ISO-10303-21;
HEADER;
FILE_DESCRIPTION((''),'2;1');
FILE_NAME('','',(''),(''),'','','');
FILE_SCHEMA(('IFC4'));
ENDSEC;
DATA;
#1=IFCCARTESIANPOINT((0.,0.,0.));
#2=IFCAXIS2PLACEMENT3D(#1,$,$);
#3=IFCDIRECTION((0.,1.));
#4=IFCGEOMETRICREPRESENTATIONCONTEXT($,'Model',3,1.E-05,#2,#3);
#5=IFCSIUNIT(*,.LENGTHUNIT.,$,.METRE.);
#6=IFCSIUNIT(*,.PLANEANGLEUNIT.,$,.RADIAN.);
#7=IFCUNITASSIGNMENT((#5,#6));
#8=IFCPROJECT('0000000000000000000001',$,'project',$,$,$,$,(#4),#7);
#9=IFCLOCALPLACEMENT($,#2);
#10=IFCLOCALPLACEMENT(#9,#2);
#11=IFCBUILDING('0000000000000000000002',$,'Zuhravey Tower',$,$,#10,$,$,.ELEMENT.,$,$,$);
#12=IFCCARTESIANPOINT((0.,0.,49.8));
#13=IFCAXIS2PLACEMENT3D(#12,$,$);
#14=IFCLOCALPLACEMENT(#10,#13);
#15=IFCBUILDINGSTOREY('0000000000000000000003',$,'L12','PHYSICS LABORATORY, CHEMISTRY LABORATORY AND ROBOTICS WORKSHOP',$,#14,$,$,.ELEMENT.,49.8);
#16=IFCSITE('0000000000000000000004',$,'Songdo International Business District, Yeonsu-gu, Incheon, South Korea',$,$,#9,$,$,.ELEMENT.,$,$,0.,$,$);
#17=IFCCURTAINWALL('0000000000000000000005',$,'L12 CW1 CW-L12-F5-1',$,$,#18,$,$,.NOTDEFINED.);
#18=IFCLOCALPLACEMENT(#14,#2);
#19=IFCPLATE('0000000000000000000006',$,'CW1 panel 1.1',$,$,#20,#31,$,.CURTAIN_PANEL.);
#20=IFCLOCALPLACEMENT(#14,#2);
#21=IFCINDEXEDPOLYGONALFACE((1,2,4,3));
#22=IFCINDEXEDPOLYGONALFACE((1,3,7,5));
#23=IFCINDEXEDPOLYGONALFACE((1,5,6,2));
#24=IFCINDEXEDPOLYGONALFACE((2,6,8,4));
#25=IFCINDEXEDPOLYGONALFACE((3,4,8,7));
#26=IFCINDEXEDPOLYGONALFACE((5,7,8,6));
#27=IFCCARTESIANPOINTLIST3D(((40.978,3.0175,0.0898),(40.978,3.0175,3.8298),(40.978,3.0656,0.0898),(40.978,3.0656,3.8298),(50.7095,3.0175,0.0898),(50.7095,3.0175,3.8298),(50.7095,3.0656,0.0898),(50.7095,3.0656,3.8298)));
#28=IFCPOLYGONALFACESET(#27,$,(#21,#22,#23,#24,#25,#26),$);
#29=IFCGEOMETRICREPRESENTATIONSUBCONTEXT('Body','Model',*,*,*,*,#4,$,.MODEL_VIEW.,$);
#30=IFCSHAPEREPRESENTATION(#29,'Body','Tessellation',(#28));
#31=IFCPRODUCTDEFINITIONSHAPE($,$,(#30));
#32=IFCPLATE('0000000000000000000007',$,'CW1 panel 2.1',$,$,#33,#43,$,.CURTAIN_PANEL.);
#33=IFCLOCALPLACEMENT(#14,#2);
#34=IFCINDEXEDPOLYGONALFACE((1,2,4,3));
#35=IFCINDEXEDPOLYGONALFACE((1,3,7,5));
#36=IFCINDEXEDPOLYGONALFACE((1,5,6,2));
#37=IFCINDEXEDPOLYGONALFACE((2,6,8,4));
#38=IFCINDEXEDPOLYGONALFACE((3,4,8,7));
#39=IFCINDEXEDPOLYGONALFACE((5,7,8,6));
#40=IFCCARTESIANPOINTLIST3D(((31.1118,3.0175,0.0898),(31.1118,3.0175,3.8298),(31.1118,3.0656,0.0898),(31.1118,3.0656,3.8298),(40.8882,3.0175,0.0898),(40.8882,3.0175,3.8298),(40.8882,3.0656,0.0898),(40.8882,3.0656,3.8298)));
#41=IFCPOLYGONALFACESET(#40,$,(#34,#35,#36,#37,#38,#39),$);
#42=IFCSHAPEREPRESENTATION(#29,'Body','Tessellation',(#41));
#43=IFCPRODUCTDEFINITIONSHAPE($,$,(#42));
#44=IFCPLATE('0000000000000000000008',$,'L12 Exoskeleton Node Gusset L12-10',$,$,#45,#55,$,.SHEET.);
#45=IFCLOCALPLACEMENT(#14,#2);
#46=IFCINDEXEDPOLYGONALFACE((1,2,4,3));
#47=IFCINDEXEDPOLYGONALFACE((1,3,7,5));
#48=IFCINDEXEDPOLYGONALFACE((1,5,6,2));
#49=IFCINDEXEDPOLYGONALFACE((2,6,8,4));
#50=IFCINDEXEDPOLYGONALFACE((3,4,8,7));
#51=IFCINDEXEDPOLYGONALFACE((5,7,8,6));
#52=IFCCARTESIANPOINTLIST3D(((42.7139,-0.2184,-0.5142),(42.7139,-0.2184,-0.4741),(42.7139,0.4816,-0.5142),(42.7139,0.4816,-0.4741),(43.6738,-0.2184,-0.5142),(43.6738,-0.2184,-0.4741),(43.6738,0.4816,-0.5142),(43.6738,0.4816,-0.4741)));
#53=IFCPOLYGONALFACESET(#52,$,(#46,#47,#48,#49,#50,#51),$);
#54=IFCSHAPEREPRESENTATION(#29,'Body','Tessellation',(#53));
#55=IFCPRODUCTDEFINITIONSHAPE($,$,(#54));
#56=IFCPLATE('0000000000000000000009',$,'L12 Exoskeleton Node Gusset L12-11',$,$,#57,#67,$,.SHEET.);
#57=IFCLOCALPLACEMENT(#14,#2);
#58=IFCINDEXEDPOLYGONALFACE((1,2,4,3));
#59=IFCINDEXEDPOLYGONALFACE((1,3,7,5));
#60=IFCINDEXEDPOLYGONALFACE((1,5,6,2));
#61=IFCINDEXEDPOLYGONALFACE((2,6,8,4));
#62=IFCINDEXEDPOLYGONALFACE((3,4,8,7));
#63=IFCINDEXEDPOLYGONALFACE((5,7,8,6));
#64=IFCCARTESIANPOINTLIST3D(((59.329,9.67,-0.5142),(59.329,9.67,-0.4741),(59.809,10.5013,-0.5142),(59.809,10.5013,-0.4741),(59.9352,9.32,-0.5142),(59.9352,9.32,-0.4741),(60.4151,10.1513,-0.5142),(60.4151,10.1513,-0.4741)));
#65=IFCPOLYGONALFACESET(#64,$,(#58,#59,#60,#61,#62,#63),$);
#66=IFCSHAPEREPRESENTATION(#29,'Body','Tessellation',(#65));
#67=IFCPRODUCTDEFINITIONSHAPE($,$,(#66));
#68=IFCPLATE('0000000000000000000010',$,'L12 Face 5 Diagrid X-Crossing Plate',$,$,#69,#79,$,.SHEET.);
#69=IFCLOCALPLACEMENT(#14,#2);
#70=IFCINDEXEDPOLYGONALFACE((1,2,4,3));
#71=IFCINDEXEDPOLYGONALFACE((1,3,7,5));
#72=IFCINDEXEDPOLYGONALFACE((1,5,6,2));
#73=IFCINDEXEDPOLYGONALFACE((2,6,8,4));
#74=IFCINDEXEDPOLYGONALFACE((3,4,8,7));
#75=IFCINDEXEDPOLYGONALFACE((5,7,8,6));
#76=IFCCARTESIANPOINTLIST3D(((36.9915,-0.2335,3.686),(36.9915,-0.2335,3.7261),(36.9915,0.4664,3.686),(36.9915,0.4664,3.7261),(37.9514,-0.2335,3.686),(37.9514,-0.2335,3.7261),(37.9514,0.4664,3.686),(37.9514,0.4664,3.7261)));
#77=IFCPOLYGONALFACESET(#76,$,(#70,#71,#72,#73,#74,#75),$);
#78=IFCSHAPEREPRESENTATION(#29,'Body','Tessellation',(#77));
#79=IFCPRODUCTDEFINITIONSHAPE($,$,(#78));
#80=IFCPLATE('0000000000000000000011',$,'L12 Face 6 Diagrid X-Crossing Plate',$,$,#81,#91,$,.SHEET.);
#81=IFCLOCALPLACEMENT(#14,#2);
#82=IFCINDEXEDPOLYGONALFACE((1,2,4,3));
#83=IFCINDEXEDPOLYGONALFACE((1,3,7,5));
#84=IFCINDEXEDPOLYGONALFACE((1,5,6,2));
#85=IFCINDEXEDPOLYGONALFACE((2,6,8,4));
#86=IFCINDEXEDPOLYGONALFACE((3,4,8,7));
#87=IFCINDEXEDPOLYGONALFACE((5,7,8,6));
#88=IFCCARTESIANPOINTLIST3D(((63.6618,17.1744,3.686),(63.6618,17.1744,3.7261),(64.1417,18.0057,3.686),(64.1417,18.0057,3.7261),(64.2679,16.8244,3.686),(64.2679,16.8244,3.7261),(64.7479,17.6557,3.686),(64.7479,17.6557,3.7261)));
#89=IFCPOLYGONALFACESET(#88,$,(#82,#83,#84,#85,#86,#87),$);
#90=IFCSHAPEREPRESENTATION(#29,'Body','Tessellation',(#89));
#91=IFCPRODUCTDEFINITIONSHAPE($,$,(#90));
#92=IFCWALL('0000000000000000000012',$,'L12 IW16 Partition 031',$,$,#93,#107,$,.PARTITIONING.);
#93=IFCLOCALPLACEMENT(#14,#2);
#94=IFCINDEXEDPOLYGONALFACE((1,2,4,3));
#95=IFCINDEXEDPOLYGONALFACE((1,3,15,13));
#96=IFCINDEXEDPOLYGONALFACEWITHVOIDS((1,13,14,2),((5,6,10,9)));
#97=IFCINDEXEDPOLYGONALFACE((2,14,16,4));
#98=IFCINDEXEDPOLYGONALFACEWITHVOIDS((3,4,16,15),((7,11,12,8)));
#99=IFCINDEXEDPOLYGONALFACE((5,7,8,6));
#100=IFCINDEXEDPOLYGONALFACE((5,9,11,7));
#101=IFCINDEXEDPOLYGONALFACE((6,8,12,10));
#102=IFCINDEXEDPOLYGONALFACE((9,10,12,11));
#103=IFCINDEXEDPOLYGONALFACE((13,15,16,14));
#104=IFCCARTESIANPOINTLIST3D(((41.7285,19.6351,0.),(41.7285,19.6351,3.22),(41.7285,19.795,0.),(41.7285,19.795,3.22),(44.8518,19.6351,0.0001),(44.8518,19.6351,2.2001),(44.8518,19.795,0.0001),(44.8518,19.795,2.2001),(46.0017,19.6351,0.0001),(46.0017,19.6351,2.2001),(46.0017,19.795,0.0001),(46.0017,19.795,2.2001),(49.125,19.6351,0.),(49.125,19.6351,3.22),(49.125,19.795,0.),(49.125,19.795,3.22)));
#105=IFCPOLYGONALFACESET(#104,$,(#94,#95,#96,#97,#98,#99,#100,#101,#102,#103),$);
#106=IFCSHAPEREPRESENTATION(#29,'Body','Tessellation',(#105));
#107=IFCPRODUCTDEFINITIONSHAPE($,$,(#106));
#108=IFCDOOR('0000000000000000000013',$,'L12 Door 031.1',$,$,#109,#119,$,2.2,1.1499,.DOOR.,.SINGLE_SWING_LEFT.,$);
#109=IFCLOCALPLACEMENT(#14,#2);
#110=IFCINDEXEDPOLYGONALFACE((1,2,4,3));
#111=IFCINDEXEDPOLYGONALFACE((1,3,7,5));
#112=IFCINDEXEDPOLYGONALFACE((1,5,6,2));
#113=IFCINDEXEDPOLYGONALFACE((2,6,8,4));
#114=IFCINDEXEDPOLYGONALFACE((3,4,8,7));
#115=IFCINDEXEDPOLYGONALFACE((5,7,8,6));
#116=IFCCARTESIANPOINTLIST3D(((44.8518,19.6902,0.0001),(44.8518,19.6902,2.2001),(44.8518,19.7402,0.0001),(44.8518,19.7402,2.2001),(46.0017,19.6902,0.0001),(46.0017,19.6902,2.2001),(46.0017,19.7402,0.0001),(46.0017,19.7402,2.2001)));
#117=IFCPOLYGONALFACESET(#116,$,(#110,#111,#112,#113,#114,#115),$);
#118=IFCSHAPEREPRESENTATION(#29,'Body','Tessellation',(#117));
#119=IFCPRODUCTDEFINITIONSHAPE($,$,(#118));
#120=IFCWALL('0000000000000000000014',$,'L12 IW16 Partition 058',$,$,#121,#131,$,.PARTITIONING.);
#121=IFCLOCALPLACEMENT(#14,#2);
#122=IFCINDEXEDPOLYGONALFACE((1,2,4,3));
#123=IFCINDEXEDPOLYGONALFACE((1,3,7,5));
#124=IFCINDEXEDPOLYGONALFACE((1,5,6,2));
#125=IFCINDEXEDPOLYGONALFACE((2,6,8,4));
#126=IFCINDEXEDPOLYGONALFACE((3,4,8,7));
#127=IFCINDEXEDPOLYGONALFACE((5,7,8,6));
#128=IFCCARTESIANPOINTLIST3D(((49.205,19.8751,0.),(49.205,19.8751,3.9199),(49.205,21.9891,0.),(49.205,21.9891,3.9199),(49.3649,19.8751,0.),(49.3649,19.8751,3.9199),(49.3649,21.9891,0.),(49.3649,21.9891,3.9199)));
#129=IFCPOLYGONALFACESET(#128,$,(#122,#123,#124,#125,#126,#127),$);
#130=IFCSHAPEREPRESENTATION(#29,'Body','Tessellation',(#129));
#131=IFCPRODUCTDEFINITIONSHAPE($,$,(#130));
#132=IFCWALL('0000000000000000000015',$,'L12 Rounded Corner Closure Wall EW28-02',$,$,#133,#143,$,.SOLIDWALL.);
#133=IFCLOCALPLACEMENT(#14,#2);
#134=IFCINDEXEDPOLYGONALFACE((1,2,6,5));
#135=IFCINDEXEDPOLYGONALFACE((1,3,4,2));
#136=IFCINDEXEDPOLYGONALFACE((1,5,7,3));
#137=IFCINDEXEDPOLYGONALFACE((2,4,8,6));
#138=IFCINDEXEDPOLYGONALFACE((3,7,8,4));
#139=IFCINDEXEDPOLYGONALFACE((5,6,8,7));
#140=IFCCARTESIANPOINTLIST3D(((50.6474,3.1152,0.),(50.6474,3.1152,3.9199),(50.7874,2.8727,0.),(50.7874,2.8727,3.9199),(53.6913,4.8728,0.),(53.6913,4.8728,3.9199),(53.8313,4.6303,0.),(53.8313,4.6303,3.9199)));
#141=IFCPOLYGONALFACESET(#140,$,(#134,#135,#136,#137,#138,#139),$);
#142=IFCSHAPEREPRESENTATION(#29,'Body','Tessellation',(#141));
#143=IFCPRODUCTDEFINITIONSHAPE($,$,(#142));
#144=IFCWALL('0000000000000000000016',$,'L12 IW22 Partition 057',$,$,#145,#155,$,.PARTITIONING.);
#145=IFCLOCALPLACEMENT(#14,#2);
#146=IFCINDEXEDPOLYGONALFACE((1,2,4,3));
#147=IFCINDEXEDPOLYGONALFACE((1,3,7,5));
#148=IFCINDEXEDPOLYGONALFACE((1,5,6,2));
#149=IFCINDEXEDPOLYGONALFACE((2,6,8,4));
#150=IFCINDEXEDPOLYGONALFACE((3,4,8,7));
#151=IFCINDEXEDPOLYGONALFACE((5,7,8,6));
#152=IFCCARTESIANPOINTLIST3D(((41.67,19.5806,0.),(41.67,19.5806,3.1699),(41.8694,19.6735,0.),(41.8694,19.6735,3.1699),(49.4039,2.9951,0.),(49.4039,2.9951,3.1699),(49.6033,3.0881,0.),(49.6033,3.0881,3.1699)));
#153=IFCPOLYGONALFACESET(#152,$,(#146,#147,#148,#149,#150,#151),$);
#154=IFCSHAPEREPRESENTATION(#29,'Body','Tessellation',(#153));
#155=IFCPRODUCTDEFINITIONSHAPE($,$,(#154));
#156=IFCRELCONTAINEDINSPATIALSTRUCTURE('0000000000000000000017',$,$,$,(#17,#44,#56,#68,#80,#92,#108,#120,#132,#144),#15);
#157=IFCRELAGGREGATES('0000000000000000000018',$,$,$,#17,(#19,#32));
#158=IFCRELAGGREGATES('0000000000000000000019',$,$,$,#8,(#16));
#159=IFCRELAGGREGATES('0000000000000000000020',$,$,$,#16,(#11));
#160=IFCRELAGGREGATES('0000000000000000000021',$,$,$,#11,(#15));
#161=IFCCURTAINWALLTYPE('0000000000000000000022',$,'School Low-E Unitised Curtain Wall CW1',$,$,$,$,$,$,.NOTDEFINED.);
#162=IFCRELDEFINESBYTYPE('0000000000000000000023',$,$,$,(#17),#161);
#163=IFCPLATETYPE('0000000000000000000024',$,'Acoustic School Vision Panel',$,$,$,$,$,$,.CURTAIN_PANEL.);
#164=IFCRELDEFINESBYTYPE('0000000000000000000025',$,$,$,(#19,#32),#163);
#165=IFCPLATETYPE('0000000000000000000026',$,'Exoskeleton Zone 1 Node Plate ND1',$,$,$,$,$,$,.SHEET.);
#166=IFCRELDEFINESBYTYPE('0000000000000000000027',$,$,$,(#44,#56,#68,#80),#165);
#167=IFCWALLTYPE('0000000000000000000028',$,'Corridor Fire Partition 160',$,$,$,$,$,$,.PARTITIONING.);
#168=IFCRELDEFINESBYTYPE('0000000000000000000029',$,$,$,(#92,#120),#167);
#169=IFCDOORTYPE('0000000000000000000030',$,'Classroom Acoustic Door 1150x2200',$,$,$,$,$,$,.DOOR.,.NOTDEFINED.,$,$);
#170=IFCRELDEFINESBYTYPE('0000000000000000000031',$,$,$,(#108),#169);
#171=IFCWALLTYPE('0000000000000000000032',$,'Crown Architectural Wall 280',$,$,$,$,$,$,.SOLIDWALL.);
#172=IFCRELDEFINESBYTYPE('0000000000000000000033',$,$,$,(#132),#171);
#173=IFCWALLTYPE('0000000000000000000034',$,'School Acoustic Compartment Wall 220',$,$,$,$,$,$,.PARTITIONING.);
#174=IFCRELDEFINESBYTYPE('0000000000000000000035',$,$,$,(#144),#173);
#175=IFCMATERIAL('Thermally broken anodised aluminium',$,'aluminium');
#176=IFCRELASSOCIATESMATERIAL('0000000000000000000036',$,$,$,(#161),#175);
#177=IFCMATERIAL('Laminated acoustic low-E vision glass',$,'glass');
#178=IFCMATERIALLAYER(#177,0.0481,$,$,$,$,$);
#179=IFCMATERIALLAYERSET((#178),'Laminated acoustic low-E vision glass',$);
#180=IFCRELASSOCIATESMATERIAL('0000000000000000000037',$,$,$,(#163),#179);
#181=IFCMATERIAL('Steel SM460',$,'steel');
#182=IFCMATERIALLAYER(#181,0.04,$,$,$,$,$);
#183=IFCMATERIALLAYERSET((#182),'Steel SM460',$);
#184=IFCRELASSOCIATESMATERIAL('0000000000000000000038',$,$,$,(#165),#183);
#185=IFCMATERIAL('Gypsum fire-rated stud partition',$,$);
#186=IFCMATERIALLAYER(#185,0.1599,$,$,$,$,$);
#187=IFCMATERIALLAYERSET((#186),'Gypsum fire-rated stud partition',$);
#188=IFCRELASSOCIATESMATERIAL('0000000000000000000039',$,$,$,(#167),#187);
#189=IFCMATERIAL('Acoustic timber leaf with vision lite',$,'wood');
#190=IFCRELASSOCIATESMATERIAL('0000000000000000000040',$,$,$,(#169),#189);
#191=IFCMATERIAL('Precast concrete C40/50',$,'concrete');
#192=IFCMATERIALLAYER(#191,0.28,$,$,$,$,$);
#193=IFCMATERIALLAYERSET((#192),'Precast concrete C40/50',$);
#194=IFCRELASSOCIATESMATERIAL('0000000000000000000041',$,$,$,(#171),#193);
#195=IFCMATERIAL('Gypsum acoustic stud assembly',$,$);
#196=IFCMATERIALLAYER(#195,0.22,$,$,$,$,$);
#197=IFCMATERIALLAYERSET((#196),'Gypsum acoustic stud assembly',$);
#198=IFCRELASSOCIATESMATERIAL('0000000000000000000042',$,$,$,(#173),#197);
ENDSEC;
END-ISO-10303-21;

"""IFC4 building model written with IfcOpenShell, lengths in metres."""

from ifc_helpers import new_model, si_unit, direction, frame, frame_2d, origin, origin_2d, place, context, subcontext, project, spatial, rectangle, extrude, material, layer, layer_set, type_object, element, fill, aggregate, save


model = new_model("IFC4")

# Units and contexts
model_context = context("Model", 3, precision=1e-05, world=origin(), true_north=direction((0.0, 1.0)))
body_context = subcontext(model_context, "Body", "Model", "MODEL_VIEW")
ifc_project = project(units=[si_unit("LENGTHUNIT", "METRE"), si_unit("PLANEANGLEUNIT", "RADIAN")], contexts=[model_context])

# Site, building, storey
site_placement = place(None, origin())
site = spatial("IfcSite", under=ifc_project, at=site_placement, Name="Songdo International Business District, Yeonsu-gu, Incheon, South Korea", CompositionType="ELEMENT", RefElevation=0.0)
building_placement = place(site_placement, origin())
building = spatial("IfcBuilding", under=site, at=building_placement, Name="Zuhravey Tower", CompositionType="ELEMENT")
storey_placement = place(building_placement, frame((0.0, 0.0, 49.8)))
storey = spatial("IfcBuildingStorey", under=building, at=storey_placement, Name="L12", Description="PHYSICS LABORATORY, CHEMISTRY LABORATORY AND ROBOTICS WORKSHOP", CompositionType="ELEMENT", Elevation=49.8)

# Curtain wall
ifc_material_1 = material(Name="Thermally broken anodised aluminium", Category="aluminium")
curtain_wall_type = type_object("IfcCurtainWallType", Name="School Low-E Unitised Curtain Wall CW1", PredefinedType="NOTDEFINED", material=ifc_material_1)
curtain_wall_1_placement = place(storey_placement, origin())
curtain_wall_1 = element("IfcCurtainWall", 1, at=curtain_wall_1_placement, inside=storey, type_object=curtain_wall_type, Name="L12 CW1 CW-L12-F5-1", PredefinedType="NOTDEFINED")

# Shared definitions
ifc_material_2 = material(Name="Steel SM460", Category="steel")

# Plates
ifc_material_3 = material(Name="Laminated acoustic low-E vision glass", Category="glass")
ifc_layer_1 = layer(ifc_material_3, 0.0481)
ifc_layer_set_1 = layer_set([ifc_layer_1], Name="Laminated acoustic low-E vision glass")
plate_type_1 = type_object("IfcPlateType", Name="Acoustic School Vision Panel", PredefinedType="CURTAIN_PANEL", material=ifc_layer_set_1)
plate_1_placement = place(storey_placement, frame((45.8438, 3.0415, 0.0898), z_axis=(0.0, 0.0, 1.0), x_axis=(-1.0, 0.0, 0.0)))
plate_1 = element("IfcPlate", 2, at=plate_1_placement, type_object=plate_type_1, Name="CW1 panel 1.1", PredefinedType="CURTAIN_PANEL", context=body_context, shape_type="SweptSolid", body=[
    extrude(rectangle(XDim=9.7314, YDim=0.0481, at=origin_2d()), origin(), (0.0, 0.0, 1.0), 3.74),
])
plate_2_placement = place(storey_placement, frame((36.0, 3.0415, 0.0898), z_axis=(0.0, 0.0, 1.0), x_axis=(-1.0, 0.0, 0.0)))
plate_2 = element("IfcPlate", 3, at=plate_2_placement, type_object=plate_type_1, Name="CW1 panel 2.1", PredefinedType="CURTAIN_PANEL", context=body_context, shape_type="SweptSolid", body=[
    extrude(rectangle(XDim=9.7764, YDim=0.0481, at=origin_2d()), origin(), (0.0, 0.0, 1.0), 3.74),
])
aggregate(curtain_wall_1, [plate_1, plate_2])

# Plates
ifc_layer_2 = layer(ifc_material_2, 0.04)
ifc_layer_set_2 = layer_set([ifc_layer_2], Name="Steel SM460")
plate_type_2 = type_object("IfcPlateType", Name="Exoskeleton Zone 1 Node Plate ND1", PredefinedType="SHEET", material=ifc_layer_set_2)
for number, where, z_axis, x_axis, name in (
    (4, (43.1938, 0.1316, -0.5142), (0.0, 0.0, 1.0), (1.0, 0.0, 0.0), "L12 Exoskeleton Node Gusset L12-10"),
    (5, (59.8721, 9.9106, -0.5142), (0.0, 0.0, 1.0), (0.5, 0.866025, 0.0), "L12 Exoskeleton Node Gusset L12-11"),
    (6, (37.4714, 0.1165, 3.686), (0.0, 0.0, 1.0), (1.0, 0.0, 0.0), "L12 Face 5 Diagrid X-Crossing Plate"),
    (7, (64.2048, 17.415, 3.686), (0.0, 0.0, 1.0), (0.5, 0.866025, 0.0), "L12 Face 6 Diagrid X-Crossing Plate"),
):
    element("IfcPlate", number, at=place(storey_placement, frame(where, z_axis=z_axis, x_axis=x_axis)), inside=storey, type_object=plate_type_2, Name=name, PredefinedType="SHEET", context=body_context, shape_type="SweptSolid", body=[
        extrude(rectangle(XDim=0.96, YDim=0.7, at=origin_2d()), origin(), (0.0, 0.0, 1.0), 0.04),
    ])

# Wall, opening, door
ifc_material_4 = material(Name="Gypsum fire-rated stud partition")
ifc_layer_3 = layer(ifc_material_4, 0.1599)
ifc_layer_set_3 = layer_set([ifc_layer_3], Name="Gypsum fire-rated stud partition")
wall_type_1 = type_object("IfcWallType", Name="Corridor Fire Partition 160", PredefinedType="PARTITIONING", material=ifc_layer_set_3)
wall_1_placement = place(storey_placement, frame((41.7285, 19.7151, 0.0), z_axis=(0.0, 0.0, 1.0), x_axis=(1.0, 0.0, 0.0)))
wall_1 = element("IfcWall", 8, at=wall_1_placement, inside=storey, type_object=wall_type_1, Name="L12 IW16 Partition 031", PredefinedType="PARTITIONING", context=body_context, shape_type="SweptSolid", body=[
    extrude(rectangle(XDim=7.3965, YDim=0.1599, at=frame_2d((3.6982, 0.0))), origin(), (0.0, 0.0, 1.0), 3.22),
])
opening_placement = place(wall_1_placement, frame((3.1233, 0.0, 0.0)))
opening = element("IfcOpeningElement", 9, at=opening_placement, cuts=wall_1, PredefinedType="OPENING", context=body_context, shape_type="SweptSolid", body=[
    extrude(rectangle(XDim=1.1499, YDim=2.2, at=frame_2d((0.575, 1.1001))), frame((0.0, 0.092, 0.0), z_axis=(0.0, -1.0, 0.0), x_axis=(1.0, 0.0, 0.0)), (0.0, 0.0, 1.0), 0.1838),
])
ifc_material_5 = material(Name="Acoustic timber leaf with vision lite", Category="wood")
door_type = type_object("IfcDoorType", Name="Classroom Acoustic Door 1150x2200", OperationType="NOTDEFINED", PredefinedType="DOOR", material=ifc_material_5)
door_placement = place(opening_placement, frame((1.1499, 0.0, 0.0), z_axis=(0.0, 0.0, 1.0), x_axis=(-1.0, 0.0, 0.0)))
door = element("IfcDoor", 10, at=door_placement, inside=storey, type_object=door_type, Name="L12 Door 031.1", OperationType="SINGLE_SWING_LEFT", OverallHeight=2.2, OverallWidth=1.1499, PredefinedType="DOOR", context=body_context, shape_type="SweptSolid", body=[
    extrude(rectangle(XDim=1.1499, YDim=2.2, at=frame_2d((0.575, 1.1001))), frame((0.0, 0.0249, 0.0), z_axis=(0.0, -1.0, 0.0), x_axis=(1.0, 0.0, 0.0)), (0.0, 0.0, 1.0), 0.05),
])
fill(opening, door)

# Walls
wall_2_placement = place(storey_placement, frame((49.2849, 19.875, 0.0), z_axis=(0.0, 0.0, 1.0), x_axis=(0.0, 1.0, 0.0)))
element("IfcWall", 11, at=wall_2_placement, inside=storey, type_object=wall_type_1, Name="L12 IW16 Partition 058", PredefinedType="PARTITIONING", context=body_context, shape_type="SweptSolid", body=[
    extrude(rectangle(XDim=2.114, YDim=0.1599, at=frame_2d((1.0571, 0.0))), origin(), (0.0, 0.0, 1.0), 3.9199),
])
ifc_material_6 = material(Name="Precast concrete C40/50", Category="concrete")
ifc_layer_4 = layer(ifc_material_6, 0.28)
ifc_layer_set_4 = layer_set([ifc_layer_4], Name="Precast concrete C40/50")
wall_type_2 = type_object("IfcWallType", Name="Crown Architectural Wall 280", PredefinedType="SOLIDWALL", material=ifc_layer_set_4)
wall_3_placement = place(storey_placement, frame((53.7612, 4.7515, 0.0), z_axis=(0.0, 0.0, 1.0), x_axis=(-0.866007, -0.500031, 0.0)))
element("IfcWall", 12, at=wall_3_placement, inside=storey, type_object=wall_type_2, Name="L12 Rounded Corner Closure Wall EW28-02", PredefinedType="SOLIDWALL", context=body_context, shape_type="SweptSolid", body=[
    extrude(rectangle(XDim=3.5149, YDim=0.28, at=frame_2d((1.7573, 0.0))), origin(), (0.0, 0.0, 1.0), 3.9199),
])
ifc_material_7 = material(Name="Gypsum acoustic stud assembly")
ifc_layer_5 = layer(ifc_material_7, 0.22)
ifc_layer_set_5 = layer_set([ifc_layer_5], Name="Gypsum acoustic stud assembly")
wall_type_3 = type_object("IfcWallType", Name="School Acoustic Compartment Wall 220", PredefinedType="PARTITIONING", material=ifc_layer_set_5)
wall_4_placement = place(storey_placement, frame((41.7698, 19.627, 0.0), z_axis=(0.0, 0.0, 1.0), x_axis=(0.422617, -0.906309, 0.0)))
element("IfcWall", 13, at=wall_4_placement, inside=storey, type_object=wall_type_3, Name="L12 IW22 Partition 057", PredefinedType="PARTITIONING", context=body_context, shape_type="SweptSolid", body=[
    extrude(rectangle(XDim=18.3, YDim=0.22, at=frame_2d((9.1499, 0.0))), origin(), (0.0, 0.0, 1.0), 3.1699),
])

save(model, "model.ifc")
